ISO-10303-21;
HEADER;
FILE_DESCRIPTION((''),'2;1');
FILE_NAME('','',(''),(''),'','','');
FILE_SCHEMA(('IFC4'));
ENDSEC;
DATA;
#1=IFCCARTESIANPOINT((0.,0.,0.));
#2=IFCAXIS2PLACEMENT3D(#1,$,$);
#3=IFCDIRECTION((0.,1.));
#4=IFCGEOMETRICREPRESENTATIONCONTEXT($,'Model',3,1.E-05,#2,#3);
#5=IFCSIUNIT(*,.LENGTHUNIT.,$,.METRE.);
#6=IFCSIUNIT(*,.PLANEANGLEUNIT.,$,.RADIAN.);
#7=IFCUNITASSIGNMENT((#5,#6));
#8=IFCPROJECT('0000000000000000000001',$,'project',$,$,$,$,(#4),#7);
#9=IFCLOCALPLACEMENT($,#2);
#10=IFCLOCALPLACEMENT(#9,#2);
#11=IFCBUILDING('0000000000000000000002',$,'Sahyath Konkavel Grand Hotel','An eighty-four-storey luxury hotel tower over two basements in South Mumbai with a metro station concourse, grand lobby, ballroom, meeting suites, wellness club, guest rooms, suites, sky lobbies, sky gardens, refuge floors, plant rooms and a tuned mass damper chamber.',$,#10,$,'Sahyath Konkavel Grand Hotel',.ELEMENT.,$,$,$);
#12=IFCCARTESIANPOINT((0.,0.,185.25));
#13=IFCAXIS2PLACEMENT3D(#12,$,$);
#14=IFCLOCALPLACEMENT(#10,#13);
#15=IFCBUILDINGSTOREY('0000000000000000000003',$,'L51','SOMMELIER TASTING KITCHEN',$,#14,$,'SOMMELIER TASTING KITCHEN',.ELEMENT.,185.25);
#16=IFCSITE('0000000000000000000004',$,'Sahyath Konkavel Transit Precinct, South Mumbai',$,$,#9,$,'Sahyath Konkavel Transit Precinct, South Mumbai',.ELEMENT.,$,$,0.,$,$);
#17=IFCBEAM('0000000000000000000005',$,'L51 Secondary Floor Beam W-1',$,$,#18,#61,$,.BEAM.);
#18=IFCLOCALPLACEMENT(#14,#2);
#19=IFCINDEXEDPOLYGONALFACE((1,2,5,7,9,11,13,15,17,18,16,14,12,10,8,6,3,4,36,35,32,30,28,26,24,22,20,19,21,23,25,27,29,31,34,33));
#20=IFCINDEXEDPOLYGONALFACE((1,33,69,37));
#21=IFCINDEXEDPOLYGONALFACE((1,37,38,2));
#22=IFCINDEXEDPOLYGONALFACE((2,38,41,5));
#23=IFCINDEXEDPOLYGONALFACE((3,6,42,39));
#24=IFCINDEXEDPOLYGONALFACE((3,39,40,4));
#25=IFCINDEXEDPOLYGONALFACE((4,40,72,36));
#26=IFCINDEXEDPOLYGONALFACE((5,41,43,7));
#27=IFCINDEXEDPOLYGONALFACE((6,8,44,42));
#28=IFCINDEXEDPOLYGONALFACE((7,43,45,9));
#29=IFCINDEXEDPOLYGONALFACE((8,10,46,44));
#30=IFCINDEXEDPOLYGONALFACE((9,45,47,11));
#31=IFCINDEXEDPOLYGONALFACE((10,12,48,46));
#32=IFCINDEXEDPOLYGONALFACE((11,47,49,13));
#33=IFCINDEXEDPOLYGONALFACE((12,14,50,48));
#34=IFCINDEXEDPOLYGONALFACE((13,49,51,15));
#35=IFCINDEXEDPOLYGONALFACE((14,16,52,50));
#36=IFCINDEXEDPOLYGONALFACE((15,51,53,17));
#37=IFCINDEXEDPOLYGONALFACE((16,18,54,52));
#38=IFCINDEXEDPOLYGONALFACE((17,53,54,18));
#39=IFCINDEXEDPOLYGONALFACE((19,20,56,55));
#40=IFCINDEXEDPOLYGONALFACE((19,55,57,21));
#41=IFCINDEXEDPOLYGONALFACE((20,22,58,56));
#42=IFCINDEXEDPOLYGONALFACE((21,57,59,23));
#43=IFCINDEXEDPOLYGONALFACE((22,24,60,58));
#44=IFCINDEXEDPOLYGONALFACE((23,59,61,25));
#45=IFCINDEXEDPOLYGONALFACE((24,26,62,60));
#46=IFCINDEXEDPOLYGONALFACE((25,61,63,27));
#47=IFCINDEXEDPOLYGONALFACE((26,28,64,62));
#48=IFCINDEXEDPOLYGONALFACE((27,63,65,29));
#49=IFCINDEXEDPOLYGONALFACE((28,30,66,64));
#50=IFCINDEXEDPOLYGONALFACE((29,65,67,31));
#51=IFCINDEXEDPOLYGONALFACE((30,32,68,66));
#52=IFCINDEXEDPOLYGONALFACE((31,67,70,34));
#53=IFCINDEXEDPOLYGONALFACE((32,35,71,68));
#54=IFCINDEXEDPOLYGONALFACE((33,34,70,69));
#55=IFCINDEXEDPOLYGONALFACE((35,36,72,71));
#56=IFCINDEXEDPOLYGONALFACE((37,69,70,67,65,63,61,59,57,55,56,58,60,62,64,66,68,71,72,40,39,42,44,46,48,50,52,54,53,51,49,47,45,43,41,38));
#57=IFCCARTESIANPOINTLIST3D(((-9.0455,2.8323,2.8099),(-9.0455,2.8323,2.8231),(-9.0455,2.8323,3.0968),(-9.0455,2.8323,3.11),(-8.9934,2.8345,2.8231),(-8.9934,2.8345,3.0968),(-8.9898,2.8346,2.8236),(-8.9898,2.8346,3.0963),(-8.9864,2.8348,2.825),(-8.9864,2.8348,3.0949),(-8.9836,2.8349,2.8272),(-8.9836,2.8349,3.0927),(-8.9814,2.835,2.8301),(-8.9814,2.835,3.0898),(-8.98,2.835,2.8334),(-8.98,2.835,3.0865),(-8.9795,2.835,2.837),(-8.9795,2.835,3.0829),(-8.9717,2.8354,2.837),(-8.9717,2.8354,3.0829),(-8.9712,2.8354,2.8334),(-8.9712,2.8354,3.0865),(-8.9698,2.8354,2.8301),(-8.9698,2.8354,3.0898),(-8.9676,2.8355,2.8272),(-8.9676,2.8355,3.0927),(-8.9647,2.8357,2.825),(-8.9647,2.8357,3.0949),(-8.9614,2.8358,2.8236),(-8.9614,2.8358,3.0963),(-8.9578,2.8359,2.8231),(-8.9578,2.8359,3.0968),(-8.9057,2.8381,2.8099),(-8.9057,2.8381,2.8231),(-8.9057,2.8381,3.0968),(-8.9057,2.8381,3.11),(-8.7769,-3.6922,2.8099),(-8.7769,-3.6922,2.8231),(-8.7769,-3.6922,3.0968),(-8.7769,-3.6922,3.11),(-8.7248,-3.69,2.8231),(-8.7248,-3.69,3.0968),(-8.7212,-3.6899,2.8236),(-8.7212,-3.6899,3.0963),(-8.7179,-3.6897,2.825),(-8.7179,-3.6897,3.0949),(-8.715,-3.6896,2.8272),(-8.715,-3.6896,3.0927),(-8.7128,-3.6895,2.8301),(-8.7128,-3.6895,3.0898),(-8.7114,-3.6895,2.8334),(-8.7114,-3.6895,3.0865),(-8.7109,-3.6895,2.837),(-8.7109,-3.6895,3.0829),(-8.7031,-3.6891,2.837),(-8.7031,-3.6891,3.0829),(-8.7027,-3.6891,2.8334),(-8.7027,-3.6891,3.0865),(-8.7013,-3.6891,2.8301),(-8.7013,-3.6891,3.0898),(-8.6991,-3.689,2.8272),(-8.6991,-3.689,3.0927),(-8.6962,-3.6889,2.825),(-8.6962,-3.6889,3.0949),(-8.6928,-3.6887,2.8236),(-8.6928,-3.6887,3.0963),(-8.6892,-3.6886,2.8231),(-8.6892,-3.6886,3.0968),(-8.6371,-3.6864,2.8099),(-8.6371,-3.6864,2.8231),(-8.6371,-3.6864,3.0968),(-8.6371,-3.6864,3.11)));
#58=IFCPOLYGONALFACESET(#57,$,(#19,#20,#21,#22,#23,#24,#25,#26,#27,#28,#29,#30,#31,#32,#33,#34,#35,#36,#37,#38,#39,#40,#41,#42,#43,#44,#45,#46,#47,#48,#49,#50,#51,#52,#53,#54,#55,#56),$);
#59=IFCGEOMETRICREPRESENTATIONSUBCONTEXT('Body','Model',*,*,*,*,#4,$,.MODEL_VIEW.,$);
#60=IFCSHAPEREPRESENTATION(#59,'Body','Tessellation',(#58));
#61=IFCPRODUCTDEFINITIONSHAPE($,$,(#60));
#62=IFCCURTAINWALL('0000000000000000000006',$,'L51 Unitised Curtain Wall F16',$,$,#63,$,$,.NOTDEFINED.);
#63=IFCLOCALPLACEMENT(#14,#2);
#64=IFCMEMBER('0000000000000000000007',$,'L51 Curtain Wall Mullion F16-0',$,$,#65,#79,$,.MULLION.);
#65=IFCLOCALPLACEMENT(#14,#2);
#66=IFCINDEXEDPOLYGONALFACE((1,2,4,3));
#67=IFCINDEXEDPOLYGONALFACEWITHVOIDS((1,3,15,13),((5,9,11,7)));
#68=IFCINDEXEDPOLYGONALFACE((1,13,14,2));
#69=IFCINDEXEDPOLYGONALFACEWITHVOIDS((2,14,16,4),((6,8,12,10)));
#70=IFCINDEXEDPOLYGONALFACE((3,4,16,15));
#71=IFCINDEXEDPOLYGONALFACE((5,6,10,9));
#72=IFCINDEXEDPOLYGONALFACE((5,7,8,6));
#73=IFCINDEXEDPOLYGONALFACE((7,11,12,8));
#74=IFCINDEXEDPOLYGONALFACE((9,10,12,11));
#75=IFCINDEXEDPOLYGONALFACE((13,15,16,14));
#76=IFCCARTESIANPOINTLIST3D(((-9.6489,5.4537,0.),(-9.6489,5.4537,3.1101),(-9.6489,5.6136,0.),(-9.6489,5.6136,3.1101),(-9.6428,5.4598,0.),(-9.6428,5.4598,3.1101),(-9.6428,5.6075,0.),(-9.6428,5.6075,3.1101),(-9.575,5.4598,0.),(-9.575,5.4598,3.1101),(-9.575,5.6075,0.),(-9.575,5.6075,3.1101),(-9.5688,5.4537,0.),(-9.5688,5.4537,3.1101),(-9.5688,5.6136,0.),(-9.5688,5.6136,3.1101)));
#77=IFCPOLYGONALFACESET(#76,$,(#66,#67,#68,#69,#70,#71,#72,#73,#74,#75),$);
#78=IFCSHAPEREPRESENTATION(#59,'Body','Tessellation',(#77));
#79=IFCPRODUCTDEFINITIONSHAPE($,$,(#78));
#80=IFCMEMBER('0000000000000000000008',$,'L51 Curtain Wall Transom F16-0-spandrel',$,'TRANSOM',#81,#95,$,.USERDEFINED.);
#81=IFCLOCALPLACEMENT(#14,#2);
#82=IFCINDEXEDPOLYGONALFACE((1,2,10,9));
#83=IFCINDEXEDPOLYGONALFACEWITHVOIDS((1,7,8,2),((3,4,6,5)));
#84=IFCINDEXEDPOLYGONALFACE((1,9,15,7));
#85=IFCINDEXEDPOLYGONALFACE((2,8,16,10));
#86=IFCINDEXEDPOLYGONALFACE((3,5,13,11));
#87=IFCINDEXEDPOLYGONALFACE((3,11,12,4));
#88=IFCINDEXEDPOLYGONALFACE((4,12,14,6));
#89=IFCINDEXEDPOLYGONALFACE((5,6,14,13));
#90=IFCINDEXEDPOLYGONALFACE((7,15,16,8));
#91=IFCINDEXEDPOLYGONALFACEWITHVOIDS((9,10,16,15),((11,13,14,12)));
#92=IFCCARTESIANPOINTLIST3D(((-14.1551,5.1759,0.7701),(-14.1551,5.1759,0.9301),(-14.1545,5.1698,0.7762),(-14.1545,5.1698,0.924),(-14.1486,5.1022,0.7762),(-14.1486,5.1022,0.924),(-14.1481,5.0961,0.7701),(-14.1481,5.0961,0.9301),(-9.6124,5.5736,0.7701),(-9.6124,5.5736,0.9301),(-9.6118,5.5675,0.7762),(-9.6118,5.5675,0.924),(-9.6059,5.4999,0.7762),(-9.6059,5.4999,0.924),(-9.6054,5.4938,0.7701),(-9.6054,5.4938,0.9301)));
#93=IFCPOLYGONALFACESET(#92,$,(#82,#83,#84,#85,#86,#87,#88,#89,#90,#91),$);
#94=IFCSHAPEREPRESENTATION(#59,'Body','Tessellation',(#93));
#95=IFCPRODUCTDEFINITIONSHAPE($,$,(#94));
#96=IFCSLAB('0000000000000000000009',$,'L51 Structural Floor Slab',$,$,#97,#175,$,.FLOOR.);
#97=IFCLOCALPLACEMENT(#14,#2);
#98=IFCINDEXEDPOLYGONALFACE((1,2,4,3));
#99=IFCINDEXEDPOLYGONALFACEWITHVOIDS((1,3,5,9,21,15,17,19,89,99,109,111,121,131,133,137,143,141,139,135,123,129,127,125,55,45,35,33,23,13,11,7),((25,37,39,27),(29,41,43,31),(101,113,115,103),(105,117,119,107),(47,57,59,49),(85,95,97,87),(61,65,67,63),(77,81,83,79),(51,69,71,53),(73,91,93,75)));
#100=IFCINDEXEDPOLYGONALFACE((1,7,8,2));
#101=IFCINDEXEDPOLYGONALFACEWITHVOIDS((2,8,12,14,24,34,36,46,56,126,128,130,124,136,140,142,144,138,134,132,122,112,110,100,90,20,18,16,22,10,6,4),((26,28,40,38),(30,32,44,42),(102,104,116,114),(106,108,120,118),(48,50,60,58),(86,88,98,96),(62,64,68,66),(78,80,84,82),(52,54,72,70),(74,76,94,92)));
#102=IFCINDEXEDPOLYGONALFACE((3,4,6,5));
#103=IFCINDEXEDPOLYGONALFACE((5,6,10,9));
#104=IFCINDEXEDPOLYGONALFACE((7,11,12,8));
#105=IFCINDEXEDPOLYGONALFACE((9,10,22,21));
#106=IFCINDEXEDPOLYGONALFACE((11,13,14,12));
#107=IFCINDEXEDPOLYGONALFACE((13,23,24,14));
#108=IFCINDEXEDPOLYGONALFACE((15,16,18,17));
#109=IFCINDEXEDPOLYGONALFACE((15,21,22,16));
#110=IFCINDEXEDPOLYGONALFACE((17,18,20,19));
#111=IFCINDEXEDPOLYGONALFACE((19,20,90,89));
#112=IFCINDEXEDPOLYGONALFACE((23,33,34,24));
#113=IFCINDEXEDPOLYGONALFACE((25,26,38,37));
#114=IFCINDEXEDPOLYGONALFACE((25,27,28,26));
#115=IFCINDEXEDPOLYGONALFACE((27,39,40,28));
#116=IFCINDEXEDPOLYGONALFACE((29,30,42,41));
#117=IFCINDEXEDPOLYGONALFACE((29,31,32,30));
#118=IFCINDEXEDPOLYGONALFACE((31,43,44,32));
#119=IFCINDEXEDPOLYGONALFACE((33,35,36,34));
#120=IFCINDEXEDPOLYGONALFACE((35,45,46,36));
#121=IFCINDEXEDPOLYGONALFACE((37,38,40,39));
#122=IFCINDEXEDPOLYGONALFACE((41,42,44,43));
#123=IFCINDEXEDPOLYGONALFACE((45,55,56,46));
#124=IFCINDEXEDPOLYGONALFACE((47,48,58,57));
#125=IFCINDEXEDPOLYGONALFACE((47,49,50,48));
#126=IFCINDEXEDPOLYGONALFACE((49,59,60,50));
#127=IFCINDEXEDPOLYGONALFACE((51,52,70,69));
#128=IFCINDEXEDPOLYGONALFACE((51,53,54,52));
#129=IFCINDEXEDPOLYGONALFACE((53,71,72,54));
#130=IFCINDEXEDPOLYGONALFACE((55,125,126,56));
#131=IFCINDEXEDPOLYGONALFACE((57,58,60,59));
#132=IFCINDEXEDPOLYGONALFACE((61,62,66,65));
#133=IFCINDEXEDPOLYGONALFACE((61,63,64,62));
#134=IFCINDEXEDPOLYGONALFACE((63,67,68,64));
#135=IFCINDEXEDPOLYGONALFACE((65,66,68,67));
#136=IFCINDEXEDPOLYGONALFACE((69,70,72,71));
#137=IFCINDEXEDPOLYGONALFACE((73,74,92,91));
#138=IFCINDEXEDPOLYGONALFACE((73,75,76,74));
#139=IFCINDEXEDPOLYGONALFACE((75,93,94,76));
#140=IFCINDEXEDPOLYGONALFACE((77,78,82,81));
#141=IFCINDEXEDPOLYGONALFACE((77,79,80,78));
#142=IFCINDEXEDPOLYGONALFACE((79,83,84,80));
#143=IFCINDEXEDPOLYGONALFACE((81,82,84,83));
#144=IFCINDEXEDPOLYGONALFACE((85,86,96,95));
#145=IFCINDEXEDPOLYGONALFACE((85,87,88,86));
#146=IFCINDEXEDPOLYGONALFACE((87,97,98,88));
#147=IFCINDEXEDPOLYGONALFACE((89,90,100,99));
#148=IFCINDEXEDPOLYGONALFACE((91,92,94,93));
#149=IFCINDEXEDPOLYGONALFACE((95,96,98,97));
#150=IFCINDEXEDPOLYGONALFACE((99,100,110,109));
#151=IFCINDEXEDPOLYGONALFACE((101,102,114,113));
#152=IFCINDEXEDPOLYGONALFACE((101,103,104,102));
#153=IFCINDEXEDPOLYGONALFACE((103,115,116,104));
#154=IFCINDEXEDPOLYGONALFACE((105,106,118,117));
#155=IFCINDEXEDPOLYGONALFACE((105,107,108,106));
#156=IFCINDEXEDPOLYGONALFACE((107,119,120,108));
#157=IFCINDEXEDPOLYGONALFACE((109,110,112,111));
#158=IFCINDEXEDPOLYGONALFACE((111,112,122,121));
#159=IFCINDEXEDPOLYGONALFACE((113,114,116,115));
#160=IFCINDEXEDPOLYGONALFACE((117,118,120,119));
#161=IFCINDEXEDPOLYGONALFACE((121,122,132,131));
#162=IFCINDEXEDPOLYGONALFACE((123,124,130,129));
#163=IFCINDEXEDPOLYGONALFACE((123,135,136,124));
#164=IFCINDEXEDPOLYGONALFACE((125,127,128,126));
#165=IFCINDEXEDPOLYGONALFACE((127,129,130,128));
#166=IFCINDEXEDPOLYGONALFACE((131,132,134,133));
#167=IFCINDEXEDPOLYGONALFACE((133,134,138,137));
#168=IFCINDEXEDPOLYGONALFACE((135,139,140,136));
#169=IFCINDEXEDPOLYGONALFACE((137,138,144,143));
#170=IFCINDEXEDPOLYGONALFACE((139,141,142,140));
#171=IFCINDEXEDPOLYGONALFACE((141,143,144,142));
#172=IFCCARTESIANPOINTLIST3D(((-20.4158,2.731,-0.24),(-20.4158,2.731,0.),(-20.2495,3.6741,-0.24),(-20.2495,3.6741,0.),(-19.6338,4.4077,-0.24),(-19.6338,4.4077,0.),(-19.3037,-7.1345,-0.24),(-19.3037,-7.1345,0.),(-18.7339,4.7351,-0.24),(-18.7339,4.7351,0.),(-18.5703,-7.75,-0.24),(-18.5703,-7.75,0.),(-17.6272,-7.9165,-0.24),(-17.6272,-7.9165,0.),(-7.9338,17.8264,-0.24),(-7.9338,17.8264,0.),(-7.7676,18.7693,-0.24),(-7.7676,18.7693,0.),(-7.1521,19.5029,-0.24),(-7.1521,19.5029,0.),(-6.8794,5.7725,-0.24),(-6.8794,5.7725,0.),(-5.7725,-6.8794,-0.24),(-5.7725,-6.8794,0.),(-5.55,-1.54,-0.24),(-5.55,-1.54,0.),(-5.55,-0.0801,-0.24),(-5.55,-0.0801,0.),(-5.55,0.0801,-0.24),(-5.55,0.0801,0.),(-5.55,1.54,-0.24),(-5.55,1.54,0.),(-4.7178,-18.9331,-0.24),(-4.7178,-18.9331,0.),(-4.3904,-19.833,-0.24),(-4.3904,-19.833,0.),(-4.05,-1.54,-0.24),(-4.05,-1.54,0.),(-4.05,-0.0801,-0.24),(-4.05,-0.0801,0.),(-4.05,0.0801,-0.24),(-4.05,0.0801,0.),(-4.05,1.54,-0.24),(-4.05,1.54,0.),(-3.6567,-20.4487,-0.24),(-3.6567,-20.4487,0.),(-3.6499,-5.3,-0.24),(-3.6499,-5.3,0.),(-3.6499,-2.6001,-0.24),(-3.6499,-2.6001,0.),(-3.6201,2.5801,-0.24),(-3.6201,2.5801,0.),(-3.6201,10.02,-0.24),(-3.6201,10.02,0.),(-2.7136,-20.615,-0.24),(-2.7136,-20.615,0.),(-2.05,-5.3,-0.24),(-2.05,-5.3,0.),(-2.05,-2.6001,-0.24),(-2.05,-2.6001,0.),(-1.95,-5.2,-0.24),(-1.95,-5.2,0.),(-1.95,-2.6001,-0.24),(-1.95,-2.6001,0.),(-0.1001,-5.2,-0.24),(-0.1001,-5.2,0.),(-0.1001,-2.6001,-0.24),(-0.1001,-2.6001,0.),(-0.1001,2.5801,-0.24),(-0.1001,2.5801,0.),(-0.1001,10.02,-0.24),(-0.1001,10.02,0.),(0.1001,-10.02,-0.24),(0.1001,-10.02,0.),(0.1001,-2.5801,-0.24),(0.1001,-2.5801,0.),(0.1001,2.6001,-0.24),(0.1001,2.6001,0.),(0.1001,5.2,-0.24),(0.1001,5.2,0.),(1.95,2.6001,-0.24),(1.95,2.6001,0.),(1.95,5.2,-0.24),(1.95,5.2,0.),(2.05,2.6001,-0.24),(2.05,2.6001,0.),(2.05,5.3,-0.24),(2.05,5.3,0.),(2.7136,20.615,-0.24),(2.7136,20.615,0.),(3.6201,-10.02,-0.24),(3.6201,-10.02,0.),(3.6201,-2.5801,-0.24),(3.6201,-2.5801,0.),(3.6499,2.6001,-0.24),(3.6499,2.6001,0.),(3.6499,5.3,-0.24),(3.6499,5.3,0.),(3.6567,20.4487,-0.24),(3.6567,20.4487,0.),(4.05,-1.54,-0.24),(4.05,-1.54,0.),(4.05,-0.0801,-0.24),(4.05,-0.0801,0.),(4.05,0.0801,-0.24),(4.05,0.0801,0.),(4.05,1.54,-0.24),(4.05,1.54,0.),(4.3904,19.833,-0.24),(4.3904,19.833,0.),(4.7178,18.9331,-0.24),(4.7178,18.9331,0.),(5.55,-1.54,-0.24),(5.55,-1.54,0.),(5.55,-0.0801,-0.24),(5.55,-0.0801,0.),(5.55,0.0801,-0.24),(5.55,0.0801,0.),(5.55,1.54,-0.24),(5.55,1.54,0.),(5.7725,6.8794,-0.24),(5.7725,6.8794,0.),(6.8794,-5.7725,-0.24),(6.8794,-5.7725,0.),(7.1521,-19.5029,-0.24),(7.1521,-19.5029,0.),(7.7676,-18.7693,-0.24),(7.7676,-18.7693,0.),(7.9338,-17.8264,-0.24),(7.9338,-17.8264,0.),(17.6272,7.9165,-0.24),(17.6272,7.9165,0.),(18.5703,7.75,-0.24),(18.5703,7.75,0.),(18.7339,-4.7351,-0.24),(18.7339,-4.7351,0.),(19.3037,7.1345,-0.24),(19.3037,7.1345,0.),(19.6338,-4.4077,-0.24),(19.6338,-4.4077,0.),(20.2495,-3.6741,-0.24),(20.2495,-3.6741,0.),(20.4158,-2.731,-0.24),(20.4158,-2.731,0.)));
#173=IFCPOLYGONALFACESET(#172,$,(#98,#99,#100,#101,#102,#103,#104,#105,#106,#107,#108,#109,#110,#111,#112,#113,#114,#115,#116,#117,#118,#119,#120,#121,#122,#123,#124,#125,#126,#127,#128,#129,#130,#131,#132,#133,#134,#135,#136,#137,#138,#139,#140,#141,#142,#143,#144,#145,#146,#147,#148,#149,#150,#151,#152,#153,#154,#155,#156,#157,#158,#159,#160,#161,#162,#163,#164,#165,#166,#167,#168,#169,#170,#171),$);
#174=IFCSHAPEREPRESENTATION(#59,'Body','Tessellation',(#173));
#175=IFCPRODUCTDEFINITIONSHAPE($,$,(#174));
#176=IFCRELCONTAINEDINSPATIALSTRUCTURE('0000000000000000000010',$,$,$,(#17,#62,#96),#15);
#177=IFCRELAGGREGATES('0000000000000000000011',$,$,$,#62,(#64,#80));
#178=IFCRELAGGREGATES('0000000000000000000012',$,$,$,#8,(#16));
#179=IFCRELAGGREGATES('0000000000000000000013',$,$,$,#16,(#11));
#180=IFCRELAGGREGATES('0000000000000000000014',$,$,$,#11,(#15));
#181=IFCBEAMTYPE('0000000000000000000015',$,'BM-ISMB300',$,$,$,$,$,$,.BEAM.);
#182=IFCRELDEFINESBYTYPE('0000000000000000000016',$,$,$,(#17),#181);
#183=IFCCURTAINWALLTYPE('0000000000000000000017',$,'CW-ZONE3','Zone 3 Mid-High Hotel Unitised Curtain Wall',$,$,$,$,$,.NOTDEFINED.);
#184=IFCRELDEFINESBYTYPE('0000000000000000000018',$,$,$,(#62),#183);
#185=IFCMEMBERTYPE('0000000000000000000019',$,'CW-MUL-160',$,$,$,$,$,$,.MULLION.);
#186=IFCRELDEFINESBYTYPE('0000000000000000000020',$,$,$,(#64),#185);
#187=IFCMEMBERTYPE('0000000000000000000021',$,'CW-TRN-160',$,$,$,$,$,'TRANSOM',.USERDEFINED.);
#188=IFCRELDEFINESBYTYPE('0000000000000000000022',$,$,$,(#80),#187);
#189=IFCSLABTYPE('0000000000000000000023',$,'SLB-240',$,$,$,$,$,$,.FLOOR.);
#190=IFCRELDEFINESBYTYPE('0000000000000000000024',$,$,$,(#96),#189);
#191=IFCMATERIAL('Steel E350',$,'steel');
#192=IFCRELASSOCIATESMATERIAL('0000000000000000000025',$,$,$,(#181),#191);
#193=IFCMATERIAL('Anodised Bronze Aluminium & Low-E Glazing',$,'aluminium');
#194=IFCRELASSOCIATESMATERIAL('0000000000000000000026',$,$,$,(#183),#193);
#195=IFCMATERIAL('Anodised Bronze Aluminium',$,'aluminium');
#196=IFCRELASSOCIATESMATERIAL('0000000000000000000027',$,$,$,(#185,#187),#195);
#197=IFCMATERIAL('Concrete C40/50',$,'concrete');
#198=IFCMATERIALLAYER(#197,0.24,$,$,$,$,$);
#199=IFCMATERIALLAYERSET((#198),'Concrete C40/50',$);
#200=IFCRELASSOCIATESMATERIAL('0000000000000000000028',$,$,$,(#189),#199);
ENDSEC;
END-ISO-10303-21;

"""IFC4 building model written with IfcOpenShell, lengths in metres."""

from ifc_helpers import new_model, si_unit, direction, frame, origin, origin_2d, place, context, subcontext, project, spatial, polyline, hollow_rectangle, i_section, outline, extrude, source, transform, mapped, material, layer, layer_set, material_profile, profile_set, type_object, element, aggregate, save


model = new_model("IFC4")

# Units and contexts
model_context = context("Model", 3, precision=1e-05, world=origin(), true_north=direction((0.0, 1.0)))
body_context = subcontext(model_context, "Body", "Model", "MODEL_VIEW")
ifc_project = project(units=[si_unit("LENGTHUNIT", "METRE"), si_unit("PLANEANGLEUNIT", "RADIAN")], contexts=[model_context])

# Site, building, storey
site_placement = place(None, origin())
site = spatial("IfcSite", under=ifc_project, at=site_placement, Name="Sahyath Konkavel Transit Precinct, South Mumbai", LongName="Sahyath Konkavel Transit Precinct, South Mumbai", CompositionType="ELEMENT", RefElevation=0.0)
building_placement = place(site_placement, origin())
building = spatial("IfcBuilding", under=site, at=building_placement, Name="Sahyath Konkavel Grand Hotel", Description="An eighty-four-storey luxury hotel tower over two basements in South Mumbai with a metro station concourse, grand lobby, ballroom, meeting suites, wellness club, guest rooms, suites, sky lobbies, sky gardens, refuge floors, plant rooms and a tuned mass damper chamber.", LongName="Sahyath Konkavel Grand Hotel", CompositionType="ELEMENT")
storey_placement = place(building_placement, frame((0.0, 0.0, 185.25)))
storey = spatial("IfcBuildingStorey", under=building, at=storey_placement, Name="L51", Description="SOMMELIER TASTING KITCHEN", LongName="SOMMELIER TASTING KITCHEN", CompositionType="ELEMENT", Elevation=185.25)

# Beam
ifc_material_1 = material(Name="Steel E350", Category="steel")
ifc_material_profile_1 = material_profile(ifc_material_1, i_section(OverallWidth=0.1399, OverallDepth=0.3, WebThickness=0.0078, FlangeThickness=0.0132, FilletRadius=0.0139, at=origin_2d()), Name="ISMB 300")
ifc_profile_set_1 = profile_set([ifc_material_profile_1], Name="Steel E350")
beam_type_1 = type_object("IfcBeamType", Name="BM-ISMB300", PredefinedType="BEAM", material=ifc_profile_set_1)
shared_shape_1 = source(origin(), body_context, "Body", "SweptSolid", [
    extrude(i_section(OverallWidth=0.1399, OverallDepth=0.3, WebThickness=0.0078, FlangeThickness=0.0132, FilletRadius=0.0139, at=origin_2d()), origin(), (0.0, 0.0, 1.0), 6.53),
])
beam_1_placement = place(storey_placement, frame((-8.9756, 2.8352, 2.96), z_axis=(0.041127, -0.999154, 0.0), x_axis=(0.999154, 0.041127, 0.0)))
element("IfcBeam", 1, at=beam_1_placement, inside=storey, type_object=beam_type_1, Name="L51 Secondary Floor Beam W-1", PredefinedType="BEAM", context=body_context, shape_type="MappedRepresentation", body=[
    mapped(shared_shape_1, transform((0.0, 0.0, 0.0), scale=1.0)),
])

# Curtain wall, members
ifc_material_2 = material(Name="Anodised Bronze Aluminium & Low-E Glazing", Category="aluminium")
curtain_wall_type = type_object("IfcCurtainWallType", Name="CW-ZONE3", Description="Zone 3 Mid-High Hotel Unitised Curtain Wall", PredefinedType="NOTDEFINED", material=ifc_material_2)
curtain_wall_placement = place(storey_placement, origin())
curtain_wall = element("IfcCurtainWall", 2, at=curtain_wall_placement, inside=storey, type_object=curtain_wall_type, Name="L51 Unitised Curtain Wall F16", PredefinedType="NOTDEFINED")
ifc_material_3 = material(Name="Anodised Bronze Aluminium", Category="aluminium")
ifc_material_profile_2 = material_profile(ifc_material_3, hollow_rectangle(XDim=0.0801, YDim=0.1599, WallThickness=0.0061, at=origin_2d()), Name="RHS 160x80x6")
ifc_profile_set_2 = profile_set([ifc_material_profile_2], Name="Anodised Bronze Aluminium")
member_type_1 = type_object("IfcMemberType", Name="CW-MUL-160", PredefinedType="MULLION", material=ifc_profile_set_2)
shared_shape_2 = source(origin(), body_context, "Body", "SweptSolid", [
    extrude(hollow_rectangle(XDim=0.0801, YDim=0.1599, WallThickness=0.0061, at=origin_2d()), origin(), (0.0, 0.0, 1.0), 3.1101),
])
member_1_placement = place(storey_placement, frame((-9.6089, 5.5337, 0.0), z_axis=(0.0, 0.0, 1.0), x_axis=(1.0, 0.0, 0.0)))
member_1 = element("IfcMember", 3, at=member_1_placement, type_object=member_type_1, Name="L51 Curtain Wall Mullion F16-0", PredefinedType="MULLION", context=body_context, shape_type="MappedRepresentation", body=[
    mapped(shared_shape_2, transform((0.0, 0.0, 0.0), scale=1.0)),
])
ifc_material_profile_3 = material_profile(ifc_material_3, hollow_rectangle(XDim=0.0801, YDim=0.1599, WallThickness=0.0061, at=origin_2d()), Name="RHS 160x80x6")
ifc_profile_set_3 = profile_set([ifc_material_profile_3], Name="Anodised Bronze Aluminium")
member_type_2 = type_object("IfcMemberType", Name="CW-TRN-160", ElementType="TRANSOM", PredefinedType="USERDEFINED", material=ifc_profile_set_3)
shared_shape_3 = source(origin(), body_context, "Body", "SweptSolid", [
    extrude(hollow_rectangle(XDim=0.0801, YDim=0.1599, WallThickness=0.0061, at=origin_2d()), origin(), (0.0, 0.0, 1.0), 4.5601),
])
member_2_placement = place(storey_placement, frame((-9.6089, 5.5337, 0.8501), z_axis=(-0.99619, -0.087214, 0.0), x_axis=(0.087214, -0.99619, 0.0)))
member_2 = element("IfcMember", 4, at=member_2_placement, type_object=member_type_2, Name="L51 Curtain Wall Transom F16-0-spandrel", ObjectType="TRANSOM", PredefinedType="USERDEFINED", context=body_context, shape_type="MappedRepresentation", body=[
    mapped(shared_shape_3, transform((0.0, 0.0, 0.0), scale=1.0)),
])

# Slab
ifc_material_4 = material(Name="Concrete C40/50", Category="concrete")
ifc_layer_1 = layer(ifc_material_4, 0.24)
ifc_layer_set_1 = layer_set([ifc_layer_1], Name="Concrete C40/50")
slab_type_1 = type_object("IfcSlabType", Name="SLB-240", PredefinedType="FLOOR", material=ifc_layer_set_1)
slab_1_placement = place(storey_placement, frame((0.0, 0.0, -0.24)))
element("IfcSlab", 5, at=slab_1_placement, inside=storey, type_object=slab_type_1, Name="L51 Structural Floor Slab", PredefinedType="FLOOR", context=body_context, shape_type="SweptSolid", body=[
    extrude(outline(polyline([(6.8794, -5.7725), (18.7339, -4.7351), (19.6338, -4.4077), (20.2495, -3.6741), (20.4158, -2.731), (19.3037, 7.1345), (18.5703, 7.75), (17.6272, 7.9165), (5.7725, 6.8794), (4.7178, 18.9331), (4.3904, 19.833), (3.6567, 20.4487), (2.7136, 20.615), (-7.1521, 19.5029), (-7.7676, 18.7693), (-7.9338, 17.8264), (-6.8794, 5.7725), (-18.7339, 4.7351), (-19.6338, 4.4077), (-20.2495, 3.6741), (-20.4158, 2.731), (-19.3037, -7.1345), (-18.5703, -7.75), (-17.6272, -7.9165), (-5.7725, -6.8794), (-4.7178, -18.9331), (-4.3904, -19.833), (-3.6567, -20.4487), (-2.7136, -20.615), (7.1521, -19.5029), (7.7676, -18.7693), (7.9338, -17.8264), (6.8794, -5.7725)]), holes=[polyline([(-3.6201, 2.5801), (-0.1001, 2.5801), (-0.1001, 10.02), (-3.6201, 10.02), (-3.6201, 2.5801)]), polyline([(0.1001, -10.02), (3.6201, -10.02), (3.6201, -2.5801), (0.1001, -2.5801), (0.1001, -10.02)]), polyline([(0.1001, 2.6001), (1.95, 2.6001), (1.95, 5.2), (0.1001, 5.2), (0.1001, 2.6001)]), polyline([(-1.95, -5.2), (-0.1001, -5.2), (-0.1001, -2.6001), (-1.95, -2.6001), (-1.95, -5.2)]), polyline([(2.05, 2.6001), (3.6499, 2.6001), (3.6499, 5.3), (2.05, 5.3), (2.05, 2.6001)]), polyline([(-3.6499, -5.3), (-2.05, -5.3), (-2.05, -2.6001), (-3.6499, -2.6001), (-3.6499, -5.3)]), polyline([(4.05, 0.0801), (5.55, 0.0801), (5.55, 1.54), (4.05, 1.54), (4.05, 0.0801)]), polyline([(4.05, -1.54), (5.55, -1.54), (5.55, -0.0801), (4.05, -0.0801), (4.05, -1.54)]), polyline([(-5.55, 0.0801), (-4.05, 0.0801), (-4.05, 1.54), (-5.55, 1.54), (-5.55, 0.0801)]), polyline([(-5.55, -1.54), (-4.05, -1.54), (-4.05, -0.0801), (-5.55, -0.0801), (-5.55, -1.54)])]), origin(), (0.0, 0.0, 1.0), 0.24),
])

aggregate(curtain_wall, [member_1, member_2])

save(model, "model.ifc")
